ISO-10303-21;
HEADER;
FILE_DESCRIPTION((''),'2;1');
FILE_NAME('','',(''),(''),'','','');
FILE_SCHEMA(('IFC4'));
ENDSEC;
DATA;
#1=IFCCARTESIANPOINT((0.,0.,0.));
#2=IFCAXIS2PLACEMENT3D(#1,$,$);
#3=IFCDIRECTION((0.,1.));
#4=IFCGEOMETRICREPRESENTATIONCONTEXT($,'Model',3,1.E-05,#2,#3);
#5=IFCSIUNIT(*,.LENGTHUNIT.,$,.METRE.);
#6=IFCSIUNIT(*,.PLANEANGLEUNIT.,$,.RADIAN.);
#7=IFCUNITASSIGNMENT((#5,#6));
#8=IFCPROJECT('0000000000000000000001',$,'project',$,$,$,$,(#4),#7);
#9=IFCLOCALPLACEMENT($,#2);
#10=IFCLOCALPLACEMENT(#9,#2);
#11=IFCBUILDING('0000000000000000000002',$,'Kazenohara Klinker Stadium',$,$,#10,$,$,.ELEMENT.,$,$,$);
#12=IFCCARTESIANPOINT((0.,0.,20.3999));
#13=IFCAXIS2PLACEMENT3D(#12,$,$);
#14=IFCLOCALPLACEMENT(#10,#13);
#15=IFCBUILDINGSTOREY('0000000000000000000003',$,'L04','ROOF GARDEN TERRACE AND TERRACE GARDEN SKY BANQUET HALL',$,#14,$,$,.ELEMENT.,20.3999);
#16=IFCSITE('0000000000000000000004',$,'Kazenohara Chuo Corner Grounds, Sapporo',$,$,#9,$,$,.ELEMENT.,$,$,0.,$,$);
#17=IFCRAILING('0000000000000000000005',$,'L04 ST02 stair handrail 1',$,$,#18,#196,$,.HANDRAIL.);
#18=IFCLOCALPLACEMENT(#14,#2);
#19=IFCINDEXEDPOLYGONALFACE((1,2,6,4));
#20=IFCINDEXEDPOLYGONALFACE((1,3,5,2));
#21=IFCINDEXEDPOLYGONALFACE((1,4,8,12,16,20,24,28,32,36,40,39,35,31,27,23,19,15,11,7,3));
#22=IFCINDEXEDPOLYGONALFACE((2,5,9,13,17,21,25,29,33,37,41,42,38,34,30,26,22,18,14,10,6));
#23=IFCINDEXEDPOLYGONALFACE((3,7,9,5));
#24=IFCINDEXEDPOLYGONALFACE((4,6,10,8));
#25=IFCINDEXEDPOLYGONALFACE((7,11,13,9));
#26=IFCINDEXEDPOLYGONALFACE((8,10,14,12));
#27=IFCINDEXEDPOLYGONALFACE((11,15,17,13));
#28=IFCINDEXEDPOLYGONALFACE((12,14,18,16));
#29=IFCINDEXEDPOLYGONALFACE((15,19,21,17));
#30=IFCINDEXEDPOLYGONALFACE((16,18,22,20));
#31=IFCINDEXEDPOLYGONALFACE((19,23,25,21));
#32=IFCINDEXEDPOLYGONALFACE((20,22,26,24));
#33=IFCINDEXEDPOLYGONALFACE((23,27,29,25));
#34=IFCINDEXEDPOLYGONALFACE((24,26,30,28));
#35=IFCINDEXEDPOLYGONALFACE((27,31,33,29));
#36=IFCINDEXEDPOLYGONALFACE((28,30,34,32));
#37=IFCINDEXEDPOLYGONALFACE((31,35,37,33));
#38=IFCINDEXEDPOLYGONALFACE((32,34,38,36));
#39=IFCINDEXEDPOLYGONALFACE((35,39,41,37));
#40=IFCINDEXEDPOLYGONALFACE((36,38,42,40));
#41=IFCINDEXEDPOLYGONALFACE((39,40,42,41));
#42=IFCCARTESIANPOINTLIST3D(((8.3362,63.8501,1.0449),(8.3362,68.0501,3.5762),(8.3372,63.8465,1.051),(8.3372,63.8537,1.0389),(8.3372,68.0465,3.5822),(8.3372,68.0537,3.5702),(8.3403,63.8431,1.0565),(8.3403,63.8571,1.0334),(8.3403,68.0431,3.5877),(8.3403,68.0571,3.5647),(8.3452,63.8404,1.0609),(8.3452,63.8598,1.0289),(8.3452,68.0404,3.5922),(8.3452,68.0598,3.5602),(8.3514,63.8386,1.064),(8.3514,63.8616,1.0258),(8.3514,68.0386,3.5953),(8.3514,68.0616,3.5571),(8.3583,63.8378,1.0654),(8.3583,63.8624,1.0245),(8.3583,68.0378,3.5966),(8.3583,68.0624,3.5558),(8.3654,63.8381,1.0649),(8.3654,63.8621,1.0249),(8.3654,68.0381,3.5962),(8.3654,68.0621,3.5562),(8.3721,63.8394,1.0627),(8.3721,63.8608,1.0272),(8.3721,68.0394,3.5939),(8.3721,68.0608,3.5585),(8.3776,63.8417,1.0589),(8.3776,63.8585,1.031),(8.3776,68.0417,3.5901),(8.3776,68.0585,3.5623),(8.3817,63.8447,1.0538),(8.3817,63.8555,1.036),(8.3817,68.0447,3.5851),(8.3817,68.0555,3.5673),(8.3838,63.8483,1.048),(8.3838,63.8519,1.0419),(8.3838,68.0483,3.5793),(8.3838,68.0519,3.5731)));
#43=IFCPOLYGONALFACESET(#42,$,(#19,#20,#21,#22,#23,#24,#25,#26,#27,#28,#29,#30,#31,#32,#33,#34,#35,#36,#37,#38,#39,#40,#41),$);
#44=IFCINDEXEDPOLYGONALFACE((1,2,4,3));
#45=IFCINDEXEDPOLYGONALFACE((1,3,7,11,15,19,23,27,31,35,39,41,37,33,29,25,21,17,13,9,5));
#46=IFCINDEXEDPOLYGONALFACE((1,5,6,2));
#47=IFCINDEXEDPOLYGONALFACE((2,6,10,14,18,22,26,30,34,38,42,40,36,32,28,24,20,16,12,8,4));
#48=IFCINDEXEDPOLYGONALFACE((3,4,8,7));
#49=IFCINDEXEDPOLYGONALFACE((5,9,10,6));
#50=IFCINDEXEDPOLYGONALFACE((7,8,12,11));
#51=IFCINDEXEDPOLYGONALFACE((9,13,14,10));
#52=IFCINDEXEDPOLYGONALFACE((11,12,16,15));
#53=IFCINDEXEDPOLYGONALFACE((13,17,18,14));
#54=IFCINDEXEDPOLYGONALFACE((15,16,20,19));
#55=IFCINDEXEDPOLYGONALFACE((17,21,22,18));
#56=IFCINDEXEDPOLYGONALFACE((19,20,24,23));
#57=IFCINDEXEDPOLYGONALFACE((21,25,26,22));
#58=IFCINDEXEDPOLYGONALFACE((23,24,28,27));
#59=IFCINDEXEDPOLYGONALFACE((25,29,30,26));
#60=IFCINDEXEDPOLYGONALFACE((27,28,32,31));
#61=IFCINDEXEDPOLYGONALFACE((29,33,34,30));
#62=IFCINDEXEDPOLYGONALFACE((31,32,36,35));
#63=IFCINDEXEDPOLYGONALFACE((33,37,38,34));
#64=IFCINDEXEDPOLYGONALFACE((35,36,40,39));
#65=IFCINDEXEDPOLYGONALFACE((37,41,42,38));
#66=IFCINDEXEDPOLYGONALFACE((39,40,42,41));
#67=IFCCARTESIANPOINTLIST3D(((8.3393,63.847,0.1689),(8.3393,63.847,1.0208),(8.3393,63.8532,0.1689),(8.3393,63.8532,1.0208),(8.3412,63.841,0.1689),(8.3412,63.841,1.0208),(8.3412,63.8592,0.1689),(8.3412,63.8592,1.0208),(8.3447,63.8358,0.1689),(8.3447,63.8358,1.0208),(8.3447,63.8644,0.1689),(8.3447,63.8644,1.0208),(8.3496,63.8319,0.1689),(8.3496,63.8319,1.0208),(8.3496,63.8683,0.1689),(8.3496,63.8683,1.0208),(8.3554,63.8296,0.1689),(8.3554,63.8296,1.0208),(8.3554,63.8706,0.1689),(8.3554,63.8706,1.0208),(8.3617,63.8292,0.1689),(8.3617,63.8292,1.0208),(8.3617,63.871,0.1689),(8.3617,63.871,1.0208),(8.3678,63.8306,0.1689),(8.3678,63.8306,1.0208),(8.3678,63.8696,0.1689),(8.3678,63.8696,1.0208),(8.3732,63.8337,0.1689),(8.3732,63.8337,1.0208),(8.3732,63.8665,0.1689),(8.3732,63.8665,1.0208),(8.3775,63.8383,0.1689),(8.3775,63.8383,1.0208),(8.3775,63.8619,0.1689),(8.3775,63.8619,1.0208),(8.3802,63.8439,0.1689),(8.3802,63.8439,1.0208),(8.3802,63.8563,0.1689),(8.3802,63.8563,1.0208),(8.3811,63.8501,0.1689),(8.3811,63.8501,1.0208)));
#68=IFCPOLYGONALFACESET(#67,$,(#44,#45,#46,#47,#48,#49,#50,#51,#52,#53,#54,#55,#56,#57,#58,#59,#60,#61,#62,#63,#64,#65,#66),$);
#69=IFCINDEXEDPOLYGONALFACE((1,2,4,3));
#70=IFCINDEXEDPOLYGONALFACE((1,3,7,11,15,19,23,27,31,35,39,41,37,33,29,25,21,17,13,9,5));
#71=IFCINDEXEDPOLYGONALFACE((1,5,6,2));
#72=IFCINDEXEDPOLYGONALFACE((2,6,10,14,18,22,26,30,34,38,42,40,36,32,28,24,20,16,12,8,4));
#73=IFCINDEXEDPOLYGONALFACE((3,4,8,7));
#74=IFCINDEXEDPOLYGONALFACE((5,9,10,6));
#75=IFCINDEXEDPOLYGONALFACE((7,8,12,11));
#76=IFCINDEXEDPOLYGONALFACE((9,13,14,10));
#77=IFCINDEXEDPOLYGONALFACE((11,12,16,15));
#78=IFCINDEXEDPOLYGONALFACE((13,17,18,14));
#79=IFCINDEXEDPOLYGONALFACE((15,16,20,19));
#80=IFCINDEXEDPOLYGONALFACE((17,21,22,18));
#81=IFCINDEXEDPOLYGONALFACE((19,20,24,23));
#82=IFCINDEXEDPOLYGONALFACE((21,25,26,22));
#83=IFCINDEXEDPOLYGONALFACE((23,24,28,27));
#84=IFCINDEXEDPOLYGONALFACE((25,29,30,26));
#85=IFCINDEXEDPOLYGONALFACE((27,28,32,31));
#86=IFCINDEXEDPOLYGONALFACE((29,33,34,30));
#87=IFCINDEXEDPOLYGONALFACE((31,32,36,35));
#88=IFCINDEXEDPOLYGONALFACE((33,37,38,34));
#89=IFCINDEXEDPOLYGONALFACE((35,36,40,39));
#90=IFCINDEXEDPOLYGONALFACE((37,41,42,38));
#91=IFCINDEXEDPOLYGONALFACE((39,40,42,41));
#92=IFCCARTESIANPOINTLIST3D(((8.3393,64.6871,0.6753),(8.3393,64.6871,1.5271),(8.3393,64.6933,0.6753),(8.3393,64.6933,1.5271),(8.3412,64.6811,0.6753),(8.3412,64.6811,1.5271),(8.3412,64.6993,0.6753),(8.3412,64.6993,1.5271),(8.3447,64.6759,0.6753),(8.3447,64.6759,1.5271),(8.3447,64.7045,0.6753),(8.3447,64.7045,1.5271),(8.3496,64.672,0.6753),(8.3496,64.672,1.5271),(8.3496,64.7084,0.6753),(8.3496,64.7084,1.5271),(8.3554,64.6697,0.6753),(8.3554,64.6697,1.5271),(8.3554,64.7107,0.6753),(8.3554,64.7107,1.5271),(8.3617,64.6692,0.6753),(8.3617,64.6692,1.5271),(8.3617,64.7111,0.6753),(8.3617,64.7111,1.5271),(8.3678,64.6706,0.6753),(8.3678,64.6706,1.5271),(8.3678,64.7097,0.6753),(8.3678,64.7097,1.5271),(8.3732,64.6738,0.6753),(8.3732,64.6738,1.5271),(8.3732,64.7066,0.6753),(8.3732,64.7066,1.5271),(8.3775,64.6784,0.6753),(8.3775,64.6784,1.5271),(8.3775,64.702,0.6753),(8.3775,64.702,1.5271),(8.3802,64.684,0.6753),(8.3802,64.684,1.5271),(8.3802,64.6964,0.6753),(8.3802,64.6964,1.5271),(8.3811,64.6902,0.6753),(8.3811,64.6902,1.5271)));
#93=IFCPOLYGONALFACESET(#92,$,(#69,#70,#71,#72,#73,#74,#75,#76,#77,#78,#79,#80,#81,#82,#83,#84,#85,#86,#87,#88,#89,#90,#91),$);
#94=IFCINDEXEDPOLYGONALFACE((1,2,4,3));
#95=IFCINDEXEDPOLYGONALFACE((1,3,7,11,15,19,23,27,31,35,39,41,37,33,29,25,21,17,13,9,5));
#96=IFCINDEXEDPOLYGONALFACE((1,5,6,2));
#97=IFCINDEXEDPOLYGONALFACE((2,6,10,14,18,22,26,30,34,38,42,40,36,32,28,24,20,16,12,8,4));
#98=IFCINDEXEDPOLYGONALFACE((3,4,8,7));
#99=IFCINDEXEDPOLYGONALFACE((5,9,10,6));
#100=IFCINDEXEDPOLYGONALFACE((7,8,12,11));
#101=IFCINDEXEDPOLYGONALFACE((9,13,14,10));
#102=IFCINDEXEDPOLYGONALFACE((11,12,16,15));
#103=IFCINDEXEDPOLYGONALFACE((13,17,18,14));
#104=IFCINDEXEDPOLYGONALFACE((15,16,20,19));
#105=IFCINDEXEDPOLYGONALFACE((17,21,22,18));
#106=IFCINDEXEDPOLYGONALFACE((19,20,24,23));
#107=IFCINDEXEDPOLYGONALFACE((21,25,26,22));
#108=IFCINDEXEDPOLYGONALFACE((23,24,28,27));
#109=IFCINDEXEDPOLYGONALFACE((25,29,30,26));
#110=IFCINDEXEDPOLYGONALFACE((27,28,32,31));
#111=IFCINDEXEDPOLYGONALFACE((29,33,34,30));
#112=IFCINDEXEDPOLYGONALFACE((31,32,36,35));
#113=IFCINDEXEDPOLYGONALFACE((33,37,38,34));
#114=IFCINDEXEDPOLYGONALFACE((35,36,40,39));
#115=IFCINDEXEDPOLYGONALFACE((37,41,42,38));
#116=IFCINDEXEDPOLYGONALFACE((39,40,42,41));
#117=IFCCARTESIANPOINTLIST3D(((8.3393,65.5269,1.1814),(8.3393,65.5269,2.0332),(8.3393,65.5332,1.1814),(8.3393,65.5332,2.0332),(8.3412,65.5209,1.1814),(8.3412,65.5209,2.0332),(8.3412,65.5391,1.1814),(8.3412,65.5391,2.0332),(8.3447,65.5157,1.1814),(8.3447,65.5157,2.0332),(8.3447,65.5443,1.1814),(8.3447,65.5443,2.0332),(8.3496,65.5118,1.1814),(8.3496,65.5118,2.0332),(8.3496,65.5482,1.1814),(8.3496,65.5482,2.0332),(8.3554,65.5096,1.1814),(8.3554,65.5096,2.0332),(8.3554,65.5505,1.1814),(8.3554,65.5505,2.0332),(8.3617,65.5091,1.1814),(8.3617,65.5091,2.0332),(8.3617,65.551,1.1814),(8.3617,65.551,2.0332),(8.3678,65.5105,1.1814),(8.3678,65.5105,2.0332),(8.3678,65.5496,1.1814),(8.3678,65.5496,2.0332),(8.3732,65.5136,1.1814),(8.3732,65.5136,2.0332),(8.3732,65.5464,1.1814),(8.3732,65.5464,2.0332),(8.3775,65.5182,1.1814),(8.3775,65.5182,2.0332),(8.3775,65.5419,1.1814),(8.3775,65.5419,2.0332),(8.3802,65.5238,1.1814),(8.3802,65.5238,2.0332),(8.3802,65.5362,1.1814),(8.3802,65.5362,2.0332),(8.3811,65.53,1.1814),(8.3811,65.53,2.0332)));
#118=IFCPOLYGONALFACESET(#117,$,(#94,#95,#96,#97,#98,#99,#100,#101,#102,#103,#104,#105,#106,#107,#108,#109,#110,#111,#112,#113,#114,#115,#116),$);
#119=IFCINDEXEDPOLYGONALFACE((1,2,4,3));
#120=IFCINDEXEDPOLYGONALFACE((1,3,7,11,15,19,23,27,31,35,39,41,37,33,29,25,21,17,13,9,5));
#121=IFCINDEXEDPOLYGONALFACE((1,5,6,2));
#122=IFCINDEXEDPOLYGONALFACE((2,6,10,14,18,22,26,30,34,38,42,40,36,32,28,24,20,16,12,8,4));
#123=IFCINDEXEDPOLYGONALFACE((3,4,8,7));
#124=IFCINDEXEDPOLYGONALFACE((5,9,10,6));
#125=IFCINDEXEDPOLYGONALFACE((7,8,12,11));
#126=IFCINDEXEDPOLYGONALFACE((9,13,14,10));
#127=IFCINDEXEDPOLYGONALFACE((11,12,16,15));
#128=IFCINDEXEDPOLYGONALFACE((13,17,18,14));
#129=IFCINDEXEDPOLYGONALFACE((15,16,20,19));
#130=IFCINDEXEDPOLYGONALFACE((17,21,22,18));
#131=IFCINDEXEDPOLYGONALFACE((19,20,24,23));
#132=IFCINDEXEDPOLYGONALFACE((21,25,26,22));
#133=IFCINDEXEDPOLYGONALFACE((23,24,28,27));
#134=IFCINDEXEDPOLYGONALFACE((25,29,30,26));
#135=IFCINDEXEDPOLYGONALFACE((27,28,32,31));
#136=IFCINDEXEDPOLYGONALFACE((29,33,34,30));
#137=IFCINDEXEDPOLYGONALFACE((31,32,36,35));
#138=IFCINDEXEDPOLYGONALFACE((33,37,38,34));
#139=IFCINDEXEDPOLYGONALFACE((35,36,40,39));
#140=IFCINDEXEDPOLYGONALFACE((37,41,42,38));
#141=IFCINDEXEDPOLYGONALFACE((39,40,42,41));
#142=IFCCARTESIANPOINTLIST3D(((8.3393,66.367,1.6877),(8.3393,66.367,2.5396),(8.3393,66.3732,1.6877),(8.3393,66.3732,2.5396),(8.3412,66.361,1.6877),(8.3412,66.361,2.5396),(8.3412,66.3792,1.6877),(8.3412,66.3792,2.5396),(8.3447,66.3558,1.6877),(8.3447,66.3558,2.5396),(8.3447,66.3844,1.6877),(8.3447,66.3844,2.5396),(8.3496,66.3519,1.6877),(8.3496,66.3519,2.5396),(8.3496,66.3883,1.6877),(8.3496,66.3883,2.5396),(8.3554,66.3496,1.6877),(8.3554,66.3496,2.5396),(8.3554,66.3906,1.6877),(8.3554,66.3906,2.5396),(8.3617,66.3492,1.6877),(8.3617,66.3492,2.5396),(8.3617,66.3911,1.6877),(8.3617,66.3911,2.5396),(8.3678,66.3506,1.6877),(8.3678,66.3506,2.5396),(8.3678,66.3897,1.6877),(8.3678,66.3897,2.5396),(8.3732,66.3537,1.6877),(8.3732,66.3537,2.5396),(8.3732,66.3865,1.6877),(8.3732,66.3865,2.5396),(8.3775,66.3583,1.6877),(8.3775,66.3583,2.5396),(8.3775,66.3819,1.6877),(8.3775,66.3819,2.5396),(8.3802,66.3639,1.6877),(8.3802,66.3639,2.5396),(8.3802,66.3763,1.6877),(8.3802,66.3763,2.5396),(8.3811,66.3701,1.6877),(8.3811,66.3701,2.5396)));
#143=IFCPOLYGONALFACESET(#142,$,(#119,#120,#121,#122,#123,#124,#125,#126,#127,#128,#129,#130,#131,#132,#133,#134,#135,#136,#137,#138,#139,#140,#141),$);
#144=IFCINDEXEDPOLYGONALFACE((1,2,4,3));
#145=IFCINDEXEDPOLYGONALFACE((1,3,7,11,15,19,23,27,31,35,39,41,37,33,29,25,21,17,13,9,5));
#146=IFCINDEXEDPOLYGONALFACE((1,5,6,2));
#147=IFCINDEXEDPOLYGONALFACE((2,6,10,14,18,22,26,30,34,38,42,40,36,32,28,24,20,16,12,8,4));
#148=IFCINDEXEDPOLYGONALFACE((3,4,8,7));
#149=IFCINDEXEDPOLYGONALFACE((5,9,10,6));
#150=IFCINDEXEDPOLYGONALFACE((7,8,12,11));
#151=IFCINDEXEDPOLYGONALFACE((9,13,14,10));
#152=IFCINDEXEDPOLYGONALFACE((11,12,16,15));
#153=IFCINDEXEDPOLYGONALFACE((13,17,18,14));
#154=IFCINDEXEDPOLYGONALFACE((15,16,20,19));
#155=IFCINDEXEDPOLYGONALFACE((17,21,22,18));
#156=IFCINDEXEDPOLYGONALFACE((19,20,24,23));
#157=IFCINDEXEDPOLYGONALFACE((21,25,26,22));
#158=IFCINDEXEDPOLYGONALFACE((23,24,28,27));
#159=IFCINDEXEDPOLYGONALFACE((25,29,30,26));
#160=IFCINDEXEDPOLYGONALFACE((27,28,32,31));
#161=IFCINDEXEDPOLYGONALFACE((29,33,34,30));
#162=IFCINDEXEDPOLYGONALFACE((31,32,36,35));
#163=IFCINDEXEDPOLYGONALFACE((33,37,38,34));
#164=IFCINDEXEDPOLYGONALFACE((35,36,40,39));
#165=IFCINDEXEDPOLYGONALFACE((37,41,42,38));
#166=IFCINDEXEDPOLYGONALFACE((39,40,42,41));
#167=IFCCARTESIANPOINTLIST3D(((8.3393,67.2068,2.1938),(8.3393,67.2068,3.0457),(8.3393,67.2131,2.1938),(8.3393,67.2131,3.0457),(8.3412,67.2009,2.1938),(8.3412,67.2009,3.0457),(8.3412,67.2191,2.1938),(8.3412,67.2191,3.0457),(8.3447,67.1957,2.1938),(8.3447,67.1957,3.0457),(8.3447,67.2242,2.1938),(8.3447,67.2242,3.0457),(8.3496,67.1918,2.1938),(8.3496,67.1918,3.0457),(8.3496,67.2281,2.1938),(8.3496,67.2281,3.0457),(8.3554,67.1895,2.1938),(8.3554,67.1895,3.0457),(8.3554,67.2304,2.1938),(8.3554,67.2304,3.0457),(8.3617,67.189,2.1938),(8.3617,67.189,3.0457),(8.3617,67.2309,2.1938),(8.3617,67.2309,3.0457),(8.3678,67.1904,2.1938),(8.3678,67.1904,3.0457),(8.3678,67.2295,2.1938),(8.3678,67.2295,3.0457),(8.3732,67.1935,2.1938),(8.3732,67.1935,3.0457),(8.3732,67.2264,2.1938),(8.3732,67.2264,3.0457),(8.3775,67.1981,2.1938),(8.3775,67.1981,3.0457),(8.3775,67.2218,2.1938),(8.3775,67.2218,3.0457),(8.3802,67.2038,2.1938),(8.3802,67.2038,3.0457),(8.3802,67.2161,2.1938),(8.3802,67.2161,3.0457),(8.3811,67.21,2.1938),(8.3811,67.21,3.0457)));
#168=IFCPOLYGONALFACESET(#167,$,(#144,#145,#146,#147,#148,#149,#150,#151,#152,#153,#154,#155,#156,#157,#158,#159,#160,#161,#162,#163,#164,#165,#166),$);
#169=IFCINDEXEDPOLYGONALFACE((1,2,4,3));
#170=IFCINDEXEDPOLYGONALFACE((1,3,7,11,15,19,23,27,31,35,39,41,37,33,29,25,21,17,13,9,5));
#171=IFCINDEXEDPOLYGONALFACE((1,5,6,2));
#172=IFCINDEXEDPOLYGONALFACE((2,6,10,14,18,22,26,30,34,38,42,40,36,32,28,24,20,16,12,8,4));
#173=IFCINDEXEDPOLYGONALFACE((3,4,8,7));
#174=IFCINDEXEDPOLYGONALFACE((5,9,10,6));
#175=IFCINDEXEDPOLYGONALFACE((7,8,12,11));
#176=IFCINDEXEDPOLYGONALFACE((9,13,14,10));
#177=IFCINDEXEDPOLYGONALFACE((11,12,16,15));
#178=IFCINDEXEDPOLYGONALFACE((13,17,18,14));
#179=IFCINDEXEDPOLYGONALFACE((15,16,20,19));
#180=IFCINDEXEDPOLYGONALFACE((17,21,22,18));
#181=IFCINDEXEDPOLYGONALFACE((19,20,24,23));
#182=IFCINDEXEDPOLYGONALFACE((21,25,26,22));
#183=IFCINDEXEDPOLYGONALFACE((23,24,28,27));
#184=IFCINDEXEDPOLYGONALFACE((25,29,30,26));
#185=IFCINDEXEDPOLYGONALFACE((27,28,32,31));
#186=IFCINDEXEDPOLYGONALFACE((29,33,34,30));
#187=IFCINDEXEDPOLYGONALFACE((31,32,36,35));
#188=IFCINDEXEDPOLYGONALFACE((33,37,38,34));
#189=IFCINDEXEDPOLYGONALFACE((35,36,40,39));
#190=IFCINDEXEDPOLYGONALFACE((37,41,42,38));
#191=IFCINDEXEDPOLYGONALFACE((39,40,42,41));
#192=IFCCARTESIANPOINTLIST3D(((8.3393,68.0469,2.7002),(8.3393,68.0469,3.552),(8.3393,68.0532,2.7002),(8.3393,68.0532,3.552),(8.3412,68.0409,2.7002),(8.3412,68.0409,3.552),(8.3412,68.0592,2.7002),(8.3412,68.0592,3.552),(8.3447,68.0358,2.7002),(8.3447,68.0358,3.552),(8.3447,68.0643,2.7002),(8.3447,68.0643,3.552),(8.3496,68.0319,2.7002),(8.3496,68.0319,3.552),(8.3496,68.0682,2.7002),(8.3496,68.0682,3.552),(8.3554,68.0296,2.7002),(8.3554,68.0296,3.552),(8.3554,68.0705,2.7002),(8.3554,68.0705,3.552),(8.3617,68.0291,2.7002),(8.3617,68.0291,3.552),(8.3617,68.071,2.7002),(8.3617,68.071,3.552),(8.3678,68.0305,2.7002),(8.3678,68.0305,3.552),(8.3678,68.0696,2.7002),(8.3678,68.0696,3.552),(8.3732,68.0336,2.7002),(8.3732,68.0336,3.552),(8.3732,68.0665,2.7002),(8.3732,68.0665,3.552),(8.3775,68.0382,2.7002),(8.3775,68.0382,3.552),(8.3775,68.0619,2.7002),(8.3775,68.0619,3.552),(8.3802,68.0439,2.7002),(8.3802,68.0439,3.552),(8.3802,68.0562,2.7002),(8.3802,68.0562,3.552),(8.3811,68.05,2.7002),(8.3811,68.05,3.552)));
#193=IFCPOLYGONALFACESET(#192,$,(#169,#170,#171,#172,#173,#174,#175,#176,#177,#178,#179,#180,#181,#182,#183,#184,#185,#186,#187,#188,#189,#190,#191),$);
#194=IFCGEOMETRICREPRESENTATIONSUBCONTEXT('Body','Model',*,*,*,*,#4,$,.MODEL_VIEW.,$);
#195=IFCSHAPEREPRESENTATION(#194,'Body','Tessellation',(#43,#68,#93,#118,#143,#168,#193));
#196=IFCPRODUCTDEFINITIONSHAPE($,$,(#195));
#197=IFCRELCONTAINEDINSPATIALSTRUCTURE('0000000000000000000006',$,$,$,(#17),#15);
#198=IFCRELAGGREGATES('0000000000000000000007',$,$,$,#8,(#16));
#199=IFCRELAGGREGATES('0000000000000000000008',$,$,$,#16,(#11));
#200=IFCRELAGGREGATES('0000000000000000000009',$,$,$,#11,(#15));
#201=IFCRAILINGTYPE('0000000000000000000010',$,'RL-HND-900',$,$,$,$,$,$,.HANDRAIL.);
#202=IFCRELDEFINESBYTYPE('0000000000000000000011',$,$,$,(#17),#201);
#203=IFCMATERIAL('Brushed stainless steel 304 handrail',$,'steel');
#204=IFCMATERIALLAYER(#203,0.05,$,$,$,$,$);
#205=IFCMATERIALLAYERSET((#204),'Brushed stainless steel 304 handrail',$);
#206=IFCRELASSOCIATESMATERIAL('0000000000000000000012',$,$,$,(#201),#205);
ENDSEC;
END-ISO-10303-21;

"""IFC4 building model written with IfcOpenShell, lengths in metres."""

from ifc_helpers import new_model, si_unit, direction, frame, origin, origin_2d, place, context, subcontext, project, spatial, circle, extrude, material, layer, layer_set, type_object, element, save


model = new_model("IFC4")

# Units and contexts
model_context = context("Model", 3, precision=1e-05, world=origin(), true_north=direction((0.0, 1.0)))
body_context = subcontext(model_context, "Body", "Model", "MODEL_VIEW")
ifc_project = project(units=[si_unit("LENGTHUNIT", "METRE"), si_unit("PLANEANGLEUNIT", "RADIAN")], contexts=[model_context])

# Site, building, storey
site_placement = place(None, origin())
site = spatial("IfcSite", under=ifc_project, at=site_placement, Name="Kazenohara Chuo Corner Grounds, Sapporo", CompositionType="ELEMENT", RefElevation=0.0)
building_placement = place(site_placement, origin())
building = spatial("IfcBuilding", under=site, at=building_placement, Name="Kazenohara Klinker Stadium", CompositionType="ELEMENT")
storey_placement = place(building_placement, frame((0.0, 0.0, 20.3999)))
storey = spatial("IfcBuildingStorey", under=building, at=storey_placement, Name="L04", Description="ROOF GARDEN TERRACE AND TERRACE GARDEN SKY BANQUET HALL", CompositionType="ELEMENT", Elevation=20.3999)

# Railing
ifc_material_1 = material(Name="Brushed stainless steel 304 handrail", Category="steel")
ifc_layer_1 = layer(ifc_material_1, 0.05)
ifc_layer_set_1 = layer_set([ifc_layer_1], Name="Brushed stainless steel 304 handrail")
railing_type_1 = type_object("IfcRailingType", Name="RL-HND-900", PredefinedType="HANDRAIL", material=ifc_layer_set_1)
railing_1_placement = place(storey_placement, frame((8.3601, 63.8501, 0.1689)))
element("IfcRailing", 1, at=railing_1_placement, inside=storey, type_object=railing_type_1, Name="L04 ST02 stair handrail 1", PredefinedType="HANDRAIL", context=body_context, shape_type="SweptSolid", body=[
    extrude(circle(Radius=0.0239, at=origin_2d()), frame((0.0, 0.0, 0.876), z_axis=(0.0, 0.856476, 0.516186), x_axis=(-1.0, 0.0, 0.0)), (0.0, 0.0, 1.0), 4.9038),
    extrude(circle(Radius=0.021, at=origin_2d()), origin(), (0.0, 0.0, 1.0), 0.8518),
    extrude(circle(Radius=0.021, at=origin_2d()), frame((0.0, 0.8401, 0.5063)), (0.0, 0.0, 1.0), 0.8518),
    extrude(circle(Radius=0.021, at=origin_2d()), frame((0.0, 1.6799, 1.0125)), (0.0, 0.0, 1.0), 0.8518),
    extrude(circle(Radius=0.021, at=origin_2d()), frame((0.0, 2.52, 1.5188)), (0.0, 0.0, 1.0), 0.8518),
    extrude(circle(Radius=0.021, at=origin_2d()), frame((0.0, 3.3599, 2.0249)), (0.0, 0.0, 1.0), 0.8518),
    extrude(circle(Radius=0.021, at=origin_2d()), frame((0.0, 4.2, 2.5312)), (0.0, 0.0, 1.0), 0.8518),
])

save(model, "model.ifc")
